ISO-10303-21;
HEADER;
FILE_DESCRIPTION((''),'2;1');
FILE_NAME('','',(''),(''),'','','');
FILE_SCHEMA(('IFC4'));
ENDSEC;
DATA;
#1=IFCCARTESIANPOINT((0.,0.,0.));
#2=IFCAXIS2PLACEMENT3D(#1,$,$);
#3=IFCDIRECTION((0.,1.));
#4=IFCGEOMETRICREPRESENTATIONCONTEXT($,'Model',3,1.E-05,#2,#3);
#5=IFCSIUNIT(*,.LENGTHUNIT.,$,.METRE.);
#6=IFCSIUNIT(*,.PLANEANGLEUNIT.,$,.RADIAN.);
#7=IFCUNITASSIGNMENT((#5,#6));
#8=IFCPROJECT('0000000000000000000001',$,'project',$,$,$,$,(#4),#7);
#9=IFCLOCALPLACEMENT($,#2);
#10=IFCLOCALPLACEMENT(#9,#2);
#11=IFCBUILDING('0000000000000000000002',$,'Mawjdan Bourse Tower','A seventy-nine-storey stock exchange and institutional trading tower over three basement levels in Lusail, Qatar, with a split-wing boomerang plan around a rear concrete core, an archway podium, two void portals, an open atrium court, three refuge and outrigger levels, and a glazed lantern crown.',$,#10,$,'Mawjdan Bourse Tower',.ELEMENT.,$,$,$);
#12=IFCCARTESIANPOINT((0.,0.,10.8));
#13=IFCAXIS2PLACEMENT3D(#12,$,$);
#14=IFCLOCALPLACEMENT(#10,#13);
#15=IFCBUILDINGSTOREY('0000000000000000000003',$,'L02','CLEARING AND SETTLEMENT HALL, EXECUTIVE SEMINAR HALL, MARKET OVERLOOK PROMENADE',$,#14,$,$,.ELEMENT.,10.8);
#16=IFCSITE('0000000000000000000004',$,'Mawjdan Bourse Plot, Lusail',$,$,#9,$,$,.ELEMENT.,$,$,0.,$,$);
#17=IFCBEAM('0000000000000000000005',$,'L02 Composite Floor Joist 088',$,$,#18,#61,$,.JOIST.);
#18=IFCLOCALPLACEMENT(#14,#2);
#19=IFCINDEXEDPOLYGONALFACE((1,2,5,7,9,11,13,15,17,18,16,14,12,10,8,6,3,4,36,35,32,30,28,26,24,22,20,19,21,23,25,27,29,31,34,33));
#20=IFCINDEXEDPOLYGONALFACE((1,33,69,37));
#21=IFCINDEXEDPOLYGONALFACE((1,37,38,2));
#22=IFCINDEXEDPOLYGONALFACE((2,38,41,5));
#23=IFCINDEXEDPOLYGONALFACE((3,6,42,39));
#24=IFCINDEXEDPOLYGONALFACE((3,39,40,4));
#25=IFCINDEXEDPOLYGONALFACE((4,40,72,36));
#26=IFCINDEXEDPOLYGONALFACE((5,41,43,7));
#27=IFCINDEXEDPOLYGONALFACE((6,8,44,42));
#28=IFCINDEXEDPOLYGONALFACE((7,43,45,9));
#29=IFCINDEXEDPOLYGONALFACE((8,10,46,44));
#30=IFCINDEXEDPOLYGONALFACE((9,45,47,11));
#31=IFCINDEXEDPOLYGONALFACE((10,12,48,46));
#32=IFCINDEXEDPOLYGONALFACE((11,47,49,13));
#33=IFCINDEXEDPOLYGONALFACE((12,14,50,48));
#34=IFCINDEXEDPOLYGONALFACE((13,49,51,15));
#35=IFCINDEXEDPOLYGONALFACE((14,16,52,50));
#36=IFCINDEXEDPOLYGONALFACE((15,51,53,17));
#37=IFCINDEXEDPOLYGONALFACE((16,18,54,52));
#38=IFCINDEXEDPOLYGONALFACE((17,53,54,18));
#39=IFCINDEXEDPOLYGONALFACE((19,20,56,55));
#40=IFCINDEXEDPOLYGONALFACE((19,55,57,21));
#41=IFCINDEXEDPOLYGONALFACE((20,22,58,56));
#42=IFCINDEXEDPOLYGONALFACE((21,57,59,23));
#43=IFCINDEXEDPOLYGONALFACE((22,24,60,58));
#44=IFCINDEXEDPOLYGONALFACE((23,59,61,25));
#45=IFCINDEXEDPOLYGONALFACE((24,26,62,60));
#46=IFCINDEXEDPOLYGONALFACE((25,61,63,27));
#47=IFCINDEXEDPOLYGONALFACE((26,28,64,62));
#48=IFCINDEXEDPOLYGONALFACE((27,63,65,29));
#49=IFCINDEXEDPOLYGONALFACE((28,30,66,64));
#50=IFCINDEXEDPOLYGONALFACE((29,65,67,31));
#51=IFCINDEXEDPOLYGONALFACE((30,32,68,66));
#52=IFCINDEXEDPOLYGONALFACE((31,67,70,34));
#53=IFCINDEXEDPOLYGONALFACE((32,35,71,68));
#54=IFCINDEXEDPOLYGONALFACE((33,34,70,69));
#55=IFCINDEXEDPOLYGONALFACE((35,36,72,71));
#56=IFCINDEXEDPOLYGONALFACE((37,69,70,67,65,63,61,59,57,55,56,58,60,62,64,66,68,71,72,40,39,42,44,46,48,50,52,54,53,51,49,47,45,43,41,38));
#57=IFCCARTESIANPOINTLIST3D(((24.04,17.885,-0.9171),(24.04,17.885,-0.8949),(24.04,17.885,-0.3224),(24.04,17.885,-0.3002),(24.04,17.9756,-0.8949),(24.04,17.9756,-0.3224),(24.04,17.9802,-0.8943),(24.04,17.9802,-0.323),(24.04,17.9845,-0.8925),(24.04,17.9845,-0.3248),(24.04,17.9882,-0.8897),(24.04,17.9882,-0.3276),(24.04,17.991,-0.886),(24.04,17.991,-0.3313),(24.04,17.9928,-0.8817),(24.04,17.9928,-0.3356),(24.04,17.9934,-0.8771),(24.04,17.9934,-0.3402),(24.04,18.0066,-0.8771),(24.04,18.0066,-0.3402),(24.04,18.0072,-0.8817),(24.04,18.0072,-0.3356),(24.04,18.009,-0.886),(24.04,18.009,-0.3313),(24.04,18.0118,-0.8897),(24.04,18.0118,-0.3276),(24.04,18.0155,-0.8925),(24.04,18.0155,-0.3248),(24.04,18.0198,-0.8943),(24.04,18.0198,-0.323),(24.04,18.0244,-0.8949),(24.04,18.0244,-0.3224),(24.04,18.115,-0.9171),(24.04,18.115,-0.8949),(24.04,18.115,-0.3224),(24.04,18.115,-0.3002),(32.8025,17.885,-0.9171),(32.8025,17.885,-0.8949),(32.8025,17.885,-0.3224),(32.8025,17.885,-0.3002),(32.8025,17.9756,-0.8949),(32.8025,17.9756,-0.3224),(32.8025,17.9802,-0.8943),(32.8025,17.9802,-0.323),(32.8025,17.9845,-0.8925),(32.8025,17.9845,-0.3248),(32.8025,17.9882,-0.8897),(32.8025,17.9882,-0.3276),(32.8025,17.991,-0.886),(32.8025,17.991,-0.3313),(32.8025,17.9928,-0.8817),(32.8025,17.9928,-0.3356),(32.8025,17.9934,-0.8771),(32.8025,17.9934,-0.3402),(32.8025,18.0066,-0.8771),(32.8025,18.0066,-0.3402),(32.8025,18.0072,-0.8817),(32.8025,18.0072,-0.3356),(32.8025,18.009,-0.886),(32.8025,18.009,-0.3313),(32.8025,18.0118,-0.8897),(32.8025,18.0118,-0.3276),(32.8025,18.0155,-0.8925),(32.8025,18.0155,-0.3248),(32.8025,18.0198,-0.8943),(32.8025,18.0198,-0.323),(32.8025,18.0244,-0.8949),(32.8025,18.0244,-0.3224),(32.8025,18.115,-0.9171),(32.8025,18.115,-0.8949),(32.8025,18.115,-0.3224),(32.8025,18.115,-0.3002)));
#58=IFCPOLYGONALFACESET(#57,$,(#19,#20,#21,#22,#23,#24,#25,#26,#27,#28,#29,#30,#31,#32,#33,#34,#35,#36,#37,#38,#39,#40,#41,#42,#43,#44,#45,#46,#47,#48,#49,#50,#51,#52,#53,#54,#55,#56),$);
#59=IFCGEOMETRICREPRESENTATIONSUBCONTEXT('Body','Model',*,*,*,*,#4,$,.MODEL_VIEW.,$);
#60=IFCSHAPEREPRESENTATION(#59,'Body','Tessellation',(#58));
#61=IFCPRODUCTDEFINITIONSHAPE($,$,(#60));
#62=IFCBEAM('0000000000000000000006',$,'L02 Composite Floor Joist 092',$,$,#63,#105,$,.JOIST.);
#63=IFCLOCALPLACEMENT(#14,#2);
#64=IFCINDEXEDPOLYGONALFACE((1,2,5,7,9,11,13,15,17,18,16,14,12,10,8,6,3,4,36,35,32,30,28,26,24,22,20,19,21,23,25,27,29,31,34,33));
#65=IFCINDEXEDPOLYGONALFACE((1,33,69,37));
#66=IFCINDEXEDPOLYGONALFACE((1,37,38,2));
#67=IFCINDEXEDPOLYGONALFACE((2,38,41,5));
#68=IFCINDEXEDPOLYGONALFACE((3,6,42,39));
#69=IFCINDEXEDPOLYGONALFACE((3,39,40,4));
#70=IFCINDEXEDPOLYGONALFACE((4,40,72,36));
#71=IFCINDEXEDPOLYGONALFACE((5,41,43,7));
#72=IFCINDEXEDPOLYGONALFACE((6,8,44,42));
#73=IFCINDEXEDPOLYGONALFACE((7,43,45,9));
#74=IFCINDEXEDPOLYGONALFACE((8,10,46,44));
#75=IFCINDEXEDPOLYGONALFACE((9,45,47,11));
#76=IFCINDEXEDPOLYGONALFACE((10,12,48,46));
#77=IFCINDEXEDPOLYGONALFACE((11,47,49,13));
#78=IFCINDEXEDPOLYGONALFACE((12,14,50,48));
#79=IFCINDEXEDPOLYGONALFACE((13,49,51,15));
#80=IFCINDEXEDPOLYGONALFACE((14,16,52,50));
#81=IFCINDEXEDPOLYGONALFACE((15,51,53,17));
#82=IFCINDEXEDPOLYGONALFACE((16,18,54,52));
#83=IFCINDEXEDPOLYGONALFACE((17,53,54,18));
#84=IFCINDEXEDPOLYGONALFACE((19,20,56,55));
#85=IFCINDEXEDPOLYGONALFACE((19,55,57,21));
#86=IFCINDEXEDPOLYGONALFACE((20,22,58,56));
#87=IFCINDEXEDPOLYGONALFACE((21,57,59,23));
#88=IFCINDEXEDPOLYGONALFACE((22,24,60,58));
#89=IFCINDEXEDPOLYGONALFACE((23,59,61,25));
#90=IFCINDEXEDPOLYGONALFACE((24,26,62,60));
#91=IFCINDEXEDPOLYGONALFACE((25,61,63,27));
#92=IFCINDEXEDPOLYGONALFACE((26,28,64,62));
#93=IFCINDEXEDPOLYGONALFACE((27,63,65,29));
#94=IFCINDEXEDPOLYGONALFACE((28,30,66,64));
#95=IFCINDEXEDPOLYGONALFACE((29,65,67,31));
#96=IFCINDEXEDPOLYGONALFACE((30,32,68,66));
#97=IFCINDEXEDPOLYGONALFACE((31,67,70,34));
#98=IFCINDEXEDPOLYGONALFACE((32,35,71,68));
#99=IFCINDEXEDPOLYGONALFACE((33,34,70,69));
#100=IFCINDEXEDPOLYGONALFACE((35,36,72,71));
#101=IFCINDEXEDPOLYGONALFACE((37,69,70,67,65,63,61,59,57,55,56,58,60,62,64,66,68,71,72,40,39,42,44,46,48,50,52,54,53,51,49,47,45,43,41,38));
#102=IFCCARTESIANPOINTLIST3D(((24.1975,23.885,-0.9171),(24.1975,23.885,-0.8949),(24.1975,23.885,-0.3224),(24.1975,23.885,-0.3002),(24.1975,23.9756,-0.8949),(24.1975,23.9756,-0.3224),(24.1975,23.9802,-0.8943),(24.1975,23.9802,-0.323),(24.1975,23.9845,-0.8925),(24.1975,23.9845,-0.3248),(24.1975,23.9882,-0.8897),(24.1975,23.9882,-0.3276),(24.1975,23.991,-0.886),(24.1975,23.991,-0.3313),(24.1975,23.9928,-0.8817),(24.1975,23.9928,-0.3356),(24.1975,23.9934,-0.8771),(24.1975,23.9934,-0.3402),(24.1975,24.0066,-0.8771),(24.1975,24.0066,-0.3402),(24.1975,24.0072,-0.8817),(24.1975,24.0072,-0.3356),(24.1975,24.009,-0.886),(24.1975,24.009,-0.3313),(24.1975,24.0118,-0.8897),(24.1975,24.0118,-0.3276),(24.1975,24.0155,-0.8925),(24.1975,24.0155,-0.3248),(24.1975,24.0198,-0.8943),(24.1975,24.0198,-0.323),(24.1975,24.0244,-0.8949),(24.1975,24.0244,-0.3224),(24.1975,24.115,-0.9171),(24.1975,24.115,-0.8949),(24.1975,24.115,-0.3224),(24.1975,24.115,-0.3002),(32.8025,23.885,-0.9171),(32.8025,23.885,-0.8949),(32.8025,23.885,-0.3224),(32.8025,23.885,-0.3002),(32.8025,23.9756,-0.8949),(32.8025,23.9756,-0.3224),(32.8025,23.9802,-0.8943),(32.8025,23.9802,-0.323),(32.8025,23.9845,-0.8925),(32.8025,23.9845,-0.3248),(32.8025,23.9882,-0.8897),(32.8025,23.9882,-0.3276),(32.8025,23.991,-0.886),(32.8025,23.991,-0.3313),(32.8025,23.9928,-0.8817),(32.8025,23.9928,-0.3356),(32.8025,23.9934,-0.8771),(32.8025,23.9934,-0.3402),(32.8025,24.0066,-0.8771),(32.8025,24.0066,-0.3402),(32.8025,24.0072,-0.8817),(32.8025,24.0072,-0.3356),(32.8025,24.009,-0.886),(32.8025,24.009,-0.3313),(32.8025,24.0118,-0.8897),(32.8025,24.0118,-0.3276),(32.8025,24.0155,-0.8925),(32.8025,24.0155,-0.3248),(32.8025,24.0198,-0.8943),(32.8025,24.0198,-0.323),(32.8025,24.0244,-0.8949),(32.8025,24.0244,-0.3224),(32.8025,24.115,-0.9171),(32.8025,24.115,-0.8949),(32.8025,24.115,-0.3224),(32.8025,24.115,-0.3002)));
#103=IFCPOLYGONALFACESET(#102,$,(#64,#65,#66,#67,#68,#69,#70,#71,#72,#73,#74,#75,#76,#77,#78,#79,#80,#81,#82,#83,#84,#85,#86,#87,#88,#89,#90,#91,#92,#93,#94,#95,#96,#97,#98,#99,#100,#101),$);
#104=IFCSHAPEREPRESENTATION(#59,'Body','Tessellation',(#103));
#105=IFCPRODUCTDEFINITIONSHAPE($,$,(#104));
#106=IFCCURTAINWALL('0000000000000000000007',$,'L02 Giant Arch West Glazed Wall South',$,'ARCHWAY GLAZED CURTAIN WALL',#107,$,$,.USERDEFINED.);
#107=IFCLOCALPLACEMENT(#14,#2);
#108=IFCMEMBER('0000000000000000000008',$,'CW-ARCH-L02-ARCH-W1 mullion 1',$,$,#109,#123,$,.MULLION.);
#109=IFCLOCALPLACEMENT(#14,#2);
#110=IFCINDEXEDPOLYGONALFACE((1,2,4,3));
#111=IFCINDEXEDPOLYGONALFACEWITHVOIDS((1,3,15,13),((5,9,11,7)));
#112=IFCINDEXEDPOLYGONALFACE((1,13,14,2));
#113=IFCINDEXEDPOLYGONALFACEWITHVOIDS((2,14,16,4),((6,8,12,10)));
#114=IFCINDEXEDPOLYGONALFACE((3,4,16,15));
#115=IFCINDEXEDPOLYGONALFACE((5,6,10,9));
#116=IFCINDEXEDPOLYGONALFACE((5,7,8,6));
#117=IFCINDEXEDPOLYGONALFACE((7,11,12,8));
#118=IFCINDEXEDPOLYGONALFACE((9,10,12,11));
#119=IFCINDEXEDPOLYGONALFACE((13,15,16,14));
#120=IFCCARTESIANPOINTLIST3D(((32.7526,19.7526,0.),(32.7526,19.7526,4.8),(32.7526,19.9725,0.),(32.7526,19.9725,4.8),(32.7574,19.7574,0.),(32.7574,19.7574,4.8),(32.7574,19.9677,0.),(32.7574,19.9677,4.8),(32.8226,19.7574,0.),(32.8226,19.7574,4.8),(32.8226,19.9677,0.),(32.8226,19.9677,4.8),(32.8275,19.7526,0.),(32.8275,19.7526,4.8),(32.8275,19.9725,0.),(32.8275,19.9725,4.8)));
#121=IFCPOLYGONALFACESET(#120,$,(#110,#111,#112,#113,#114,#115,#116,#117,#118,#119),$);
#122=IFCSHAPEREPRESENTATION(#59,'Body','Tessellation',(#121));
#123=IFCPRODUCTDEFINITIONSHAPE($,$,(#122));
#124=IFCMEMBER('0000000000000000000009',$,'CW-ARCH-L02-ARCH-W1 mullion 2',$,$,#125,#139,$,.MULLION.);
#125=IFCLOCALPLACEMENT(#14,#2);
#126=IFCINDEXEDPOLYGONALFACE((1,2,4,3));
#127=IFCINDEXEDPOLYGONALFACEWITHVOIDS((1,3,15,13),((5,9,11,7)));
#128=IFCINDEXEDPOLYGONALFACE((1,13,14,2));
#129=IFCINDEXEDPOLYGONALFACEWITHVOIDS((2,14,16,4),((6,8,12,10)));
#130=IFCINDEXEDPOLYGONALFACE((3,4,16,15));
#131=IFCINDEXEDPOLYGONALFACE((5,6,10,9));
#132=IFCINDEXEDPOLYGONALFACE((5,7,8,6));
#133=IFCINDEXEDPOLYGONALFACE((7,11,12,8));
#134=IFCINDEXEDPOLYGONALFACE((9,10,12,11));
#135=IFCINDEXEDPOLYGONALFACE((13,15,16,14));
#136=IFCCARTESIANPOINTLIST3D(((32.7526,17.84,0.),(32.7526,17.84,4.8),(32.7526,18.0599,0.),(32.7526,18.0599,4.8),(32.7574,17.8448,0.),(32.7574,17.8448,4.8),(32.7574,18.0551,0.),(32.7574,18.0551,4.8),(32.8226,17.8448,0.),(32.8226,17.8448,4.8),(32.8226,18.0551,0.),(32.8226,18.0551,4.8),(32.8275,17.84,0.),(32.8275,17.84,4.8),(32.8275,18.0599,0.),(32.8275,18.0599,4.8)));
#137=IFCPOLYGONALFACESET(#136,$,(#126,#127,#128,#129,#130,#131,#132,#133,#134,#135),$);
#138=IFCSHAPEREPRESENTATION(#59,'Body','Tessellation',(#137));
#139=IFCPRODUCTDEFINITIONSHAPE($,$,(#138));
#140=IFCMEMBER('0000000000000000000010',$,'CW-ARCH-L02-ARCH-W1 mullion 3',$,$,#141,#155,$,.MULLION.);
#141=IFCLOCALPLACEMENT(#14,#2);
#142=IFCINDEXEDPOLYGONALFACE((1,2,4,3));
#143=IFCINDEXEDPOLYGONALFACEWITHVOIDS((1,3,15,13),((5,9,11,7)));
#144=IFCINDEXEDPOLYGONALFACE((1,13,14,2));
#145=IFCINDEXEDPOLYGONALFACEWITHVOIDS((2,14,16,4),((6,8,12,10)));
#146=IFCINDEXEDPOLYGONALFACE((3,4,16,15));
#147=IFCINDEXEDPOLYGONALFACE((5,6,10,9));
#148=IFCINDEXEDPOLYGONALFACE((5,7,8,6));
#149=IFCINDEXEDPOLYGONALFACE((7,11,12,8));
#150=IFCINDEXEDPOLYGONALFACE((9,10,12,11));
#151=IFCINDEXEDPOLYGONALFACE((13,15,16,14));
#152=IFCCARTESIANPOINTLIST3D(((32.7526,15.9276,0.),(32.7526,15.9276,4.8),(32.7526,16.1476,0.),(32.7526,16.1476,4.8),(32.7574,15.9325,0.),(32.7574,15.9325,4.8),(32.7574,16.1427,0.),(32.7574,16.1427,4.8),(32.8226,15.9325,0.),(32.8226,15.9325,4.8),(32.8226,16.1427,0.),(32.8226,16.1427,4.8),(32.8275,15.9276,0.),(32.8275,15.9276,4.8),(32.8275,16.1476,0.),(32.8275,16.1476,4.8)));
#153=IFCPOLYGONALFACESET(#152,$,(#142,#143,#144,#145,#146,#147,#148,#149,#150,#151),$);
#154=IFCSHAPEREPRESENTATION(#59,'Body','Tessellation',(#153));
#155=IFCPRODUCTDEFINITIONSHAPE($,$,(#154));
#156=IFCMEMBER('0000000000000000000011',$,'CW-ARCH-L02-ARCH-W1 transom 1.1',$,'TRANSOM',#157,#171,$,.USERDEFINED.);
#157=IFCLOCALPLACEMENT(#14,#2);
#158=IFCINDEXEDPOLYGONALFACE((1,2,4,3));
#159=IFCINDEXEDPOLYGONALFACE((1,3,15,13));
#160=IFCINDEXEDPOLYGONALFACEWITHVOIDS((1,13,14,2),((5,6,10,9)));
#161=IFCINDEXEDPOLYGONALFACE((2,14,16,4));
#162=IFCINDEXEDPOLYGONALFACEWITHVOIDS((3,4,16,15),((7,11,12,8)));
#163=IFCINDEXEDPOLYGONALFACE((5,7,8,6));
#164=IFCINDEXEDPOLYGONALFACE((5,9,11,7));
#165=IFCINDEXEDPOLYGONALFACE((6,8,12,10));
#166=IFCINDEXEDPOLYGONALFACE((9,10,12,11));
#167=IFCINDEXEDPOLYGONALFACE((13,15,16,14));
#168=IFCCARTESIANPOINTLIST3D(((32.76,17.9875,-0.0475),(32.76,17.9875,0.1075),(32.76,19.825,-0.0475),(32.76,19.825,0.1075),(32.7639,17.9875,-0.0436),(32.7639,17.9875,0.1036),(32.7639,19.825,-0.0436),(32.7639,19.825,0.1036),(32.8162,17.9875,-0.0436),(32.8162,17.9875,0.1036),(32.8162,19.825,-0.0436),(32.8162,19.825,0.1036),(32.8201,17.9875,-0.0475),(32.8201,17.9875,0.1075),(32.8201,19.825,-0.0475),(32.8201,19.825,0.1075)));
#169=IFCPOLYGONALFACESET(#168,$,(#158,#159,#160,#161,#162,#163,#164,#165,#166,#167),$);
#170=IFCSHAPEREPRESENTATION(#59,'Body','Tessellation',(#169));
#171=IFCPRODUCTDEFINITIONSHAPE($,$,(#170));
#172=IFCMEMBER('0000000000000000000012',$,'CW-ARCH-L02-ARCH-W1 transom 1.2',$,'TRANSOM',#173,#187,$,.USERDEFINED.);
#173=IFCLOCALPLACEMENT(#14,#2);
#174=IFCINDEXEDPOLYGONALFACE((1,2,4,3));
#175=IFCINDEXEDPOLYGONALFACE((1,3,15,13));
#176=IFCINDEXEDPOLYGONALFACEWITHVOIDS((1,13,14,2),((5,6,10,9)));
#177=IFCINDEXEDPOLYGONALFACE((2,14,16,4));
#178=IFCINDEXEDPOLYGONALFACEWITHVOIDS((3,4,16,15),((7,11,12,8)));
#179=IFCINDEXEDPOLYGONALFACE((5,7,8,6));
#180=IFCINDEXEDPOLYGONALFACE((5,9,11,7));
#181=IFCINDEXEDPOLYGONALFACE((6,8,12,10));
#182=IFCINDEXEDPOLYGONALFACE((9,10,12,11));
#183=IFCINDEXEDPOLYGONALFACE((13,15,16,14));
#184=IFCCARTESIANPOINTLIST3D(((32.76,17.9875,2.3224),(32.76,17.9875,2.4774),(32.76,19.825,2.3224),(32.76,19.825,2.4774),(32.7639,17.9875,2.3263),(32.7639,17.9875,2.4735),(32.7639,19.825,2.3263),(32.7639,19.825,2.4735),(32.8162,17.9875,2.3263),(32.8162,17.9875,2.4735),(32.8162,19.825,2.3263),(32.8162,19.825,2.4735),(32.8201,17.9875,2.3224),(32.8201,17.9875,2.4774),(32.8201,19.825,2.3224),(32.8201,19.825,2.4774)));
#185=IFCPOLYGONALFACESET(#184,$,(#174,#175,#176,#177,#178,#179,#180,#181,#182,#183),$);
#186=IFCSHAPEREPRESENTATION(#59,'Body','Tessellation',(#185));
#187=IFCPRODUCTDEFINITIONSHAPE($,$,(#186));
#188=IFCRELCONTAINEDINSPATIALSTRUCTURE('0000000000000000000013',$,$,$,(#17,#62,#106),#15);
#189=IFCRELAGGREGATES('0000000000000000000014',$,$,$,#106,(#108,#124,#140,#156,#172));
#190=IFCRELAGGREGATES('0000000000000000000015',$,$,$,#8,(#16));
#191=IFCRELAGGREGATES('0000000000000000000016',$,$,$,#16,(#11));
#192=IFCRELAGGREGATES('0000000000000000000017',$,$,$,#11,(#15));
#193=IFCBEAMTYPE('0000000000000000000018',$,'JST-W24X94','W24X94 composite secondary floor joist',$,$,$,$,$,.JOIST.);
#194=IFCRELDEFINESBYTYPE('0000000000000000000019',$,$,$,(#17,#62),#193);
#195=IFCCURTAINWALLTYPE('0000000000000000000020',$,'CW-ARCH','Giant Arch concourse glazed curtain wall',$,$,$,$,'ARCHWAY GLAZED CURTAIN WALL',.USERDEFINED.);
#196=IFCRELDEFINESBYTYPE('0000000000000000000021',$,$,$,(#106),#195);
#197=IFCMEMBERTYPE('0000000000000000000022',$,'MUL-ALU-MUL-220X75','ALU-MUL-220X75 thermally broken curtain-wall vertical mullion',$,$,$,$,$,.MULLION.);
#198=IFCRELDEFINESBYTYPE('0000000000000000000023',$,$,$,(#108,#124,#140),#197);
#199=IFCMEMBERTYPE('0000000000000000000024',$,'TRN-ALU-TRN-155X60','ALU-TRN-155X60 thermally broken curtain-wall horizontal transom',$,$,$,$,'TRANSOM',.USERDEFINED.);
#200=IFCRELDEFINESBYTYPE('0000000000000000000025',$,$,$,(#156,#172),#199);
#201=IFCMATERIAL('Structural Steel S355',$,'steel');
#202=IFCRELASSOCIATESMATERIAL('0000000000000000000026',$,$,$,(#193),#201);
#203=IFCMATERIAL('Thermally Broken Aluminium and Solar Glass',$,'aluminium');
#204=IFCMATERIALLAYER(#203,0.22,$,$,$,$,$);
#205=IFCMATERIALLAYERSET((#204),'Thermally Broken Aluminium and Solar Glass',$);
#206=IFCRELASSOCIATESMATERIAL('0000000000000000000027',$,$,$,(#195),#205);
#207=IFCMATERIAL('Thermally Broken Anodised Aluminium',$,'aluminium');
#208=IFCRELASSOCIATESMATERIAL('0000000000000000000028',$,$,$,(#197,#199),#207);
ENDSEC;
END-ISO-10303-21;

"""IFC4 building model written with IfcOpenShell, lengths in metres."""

from ifc_helpers import new_model, si_unit, direction, frame, origin, origin_2d, place, context, subcontext, project, spatial, hollow_rectangle, i_section, extrude, material, layer, layer_set, material_profile, profile_set, type_object, element, aggregate, save


model = new_model("IFC4")

# Units and contexts
model_context = context("Model", 3, precision=1e-05, world=origin(), true_north=direction((0.0, 1.0)))
body_context = subcontext(model_context, "Body", "Model", "MODEL_VIEW")
ifc_project = project(units=[si_unit("LENGTHUNIT", "METRE"), si_unit("PLANEANGLEUNIT", "RADIAN")], contexts=[model_context])

# Site, building, storey
site_placement = place(None, origin())
site = spatial("IfcSite", under=ifc_project, at=site_placement, Name="Mawjdan Bourse Plot, Lusail", CompositionType="ELEMENT", RefElevation=0.0)
building_placement = place(site_placement, origin())
building = spatial("IfcBuilding", under=site, at=building_placement, Name="Mawjdan Bourse Tower", Description="A seventy-nine-storey stock exchange and institutional trading tower over three basement levels in Lusail, Qatar, with a split-wing boomerang plan around a rear concrete core, an archway podium, two void portals, an open atrium court, three refuge and outrigger levels, and a glazed lantern crown.", LongName="Mawjdan Bourse Tower", CompositionType="ELEMENT")
storey_placement = place(building_placement, frame((0.0, 0.0, 10.8)))
storey = spatial("IfcBuildingStorey", under=building, at=storey_placement, Name="L02", Description="CLEARING AND SETTLEMENT HALL, EXECUTIVE SEMINAR HALL, MARKET OVERLOOK PROMENADE", CompositionType="ELEMENT", Elevation=10.8)

# Beams
ifc_material_1 = material(Name="Structural Steel S355", Category="steel")
ifc_material_profile_1 = material_profile(ifc_material_1, i_section(OverallWidth=0.23, OverallDepth=0.6169, WebThickness=0.0132, FlangeThickness=0.0222, FilletRadius=0.0178, at=origin_2d()), Name="W24X94")
ifc_profile_set_1 = profile_set([ifc_material_profile_1], Name="Structural Steel S355")
beam_type_1 = type_object("IfcBeamType", Name="JST-W24X94", Description="W24X94 composite secondary floor joist", PredefinedType="JOIST", material=ifc_profile_set_1)
beam_1_placement = place(storey_placement, frame((24.04, 18.0, -0.6086), z_axis=(1.0, 0.0, 0.0), x_axis=(0.0, 1.0, 0.0)))
element("IfcBeam", 1, at=beam_1_placement, inside=storey, type_object=beam_type_1, Name="L02 Composite Floor Joist 088", PredefinedType="JOIST", context=body_context, shape_type="SweptSolid", body=[
    extrude(i_section(OverallWidth=0.23, OverallDepth=0.6169, WebThickness=0.0132, FlangeThickness=0.0222, FilletRadius=0.0178, at=origin_2d()), origin(), (0.0, 0.0, 1.0), 8.7625),
])
beam_2_placement = place(storey_placement, frame((24.1975, 24.0, -0.6086), z_axis=(1.0, 0.0, 0.0), x_axis=(0.0, 1.0, 0.0)))
element("IfcBeam", 2, at=beam_2_placement, inside=storey, type_object=beam_type_1, Name="L02 Composite Floor Joist 092", PredefinedType="JOIST", context=body_context, shape_type="SweptSolid", body=[
    extrude(i_section(OverallWidth=0.23, OverallDepth=0.6169, WebThickness=0.0132, FlangeThickness=0.0222, FilletRadius=0.0178, at=origin_2d()), origin(), (0.0, 0.0, 1.0), 8.605),
])

# Curtain wall, members
ifc_material_2 = material(Name="Thermally Broken Aluminium and Solar Glass", Category="aluminium")
ifc_layer_1 = layer(ifc_material_2, 0.22)
ifc_layer_set_1 = layer_set([ifc_layer_1], Name="Thermally Broken Aluminium and Solar Glass")
curtain_wall_type = type_object("IfcCurtainWallType", Name="CW-ARCH", Description="Giant Arch concourse glazed curtain wall", ElementType="ARCHWAY GLAZED CURTAIN WALL", PredefinedType="USERDEFINED", material=ifc_layer_set_1)
curtain_wall_placement = place(storey_placement, origin())
curtain_wall = element("IfcCurtainWall", 3, at=curtain_wall_placement, inside=storey, type_object=curtain_wall_type, Name="L02 Giant Arch West Glazed Wall South", ObjectType="ARCHWAY GLAZED CURTAIN WALL", PredefinedType="USERDEFINED")
ifc_material_3 = material(Name="Thermally Broken Anodised Aluminium", Category="aluminium")
ifc_material_profile_2 = material_profile(ifc_material_3, hollow_rectangle(XDim=0.075, YDim=0.22, WallThickness=0.0049, at=origin_2d()), Name="ALU-MUL-220X75")
ifc_profile_set_2 = profile_set([ifc_material_profile_2], Name="Thermally Broken Anodised Aluminium")
member_type_1 = type_object("IfcMemberType", Name="MUL-ALU-MUL-220X75", Description="ALU-MUL-220X75 thermally broken curtain-wall vertical mullion", PredefinedType="MULLION", material=ifc_profile_set_2)
member_1_placement = place(storey_placement, frame((32.79, 19.8625, 0.0), z_axis=(0.0, 0.0, 1.0), x_axis=(1.0, 0.0, 0.0)))
member_1 = element("IfcMember", 4, at=member_1_placement, type_object=member_type_1, Name="CW-ARCH-L02-ARCH-W1 mullion 1", PredefinedType="MULLION", context=body_context, shape_type="SweptSolid", body=[
    extrude(hollow_rectangle(XDim=0.075, YDim=0.22, WallThickness=0.0049, at=origin_2d()), origin(), (0.0, 0.0, 1.0), 4.8),
])
member_2_placement = place(storey_placement, frame((32.79, 17.95, 0.0), z_axis=(0.0, 0.0, 1.0), x_axis=(1.0, 0.0, 0.0)))
member_2 = element("IfcMember", 5, at=member_2_placement, type_object=member_type_1, Name="CW-ARCH-L02-ARCH-W1 mullion 2", PredefinedType="MULLION", context=body_context, shape_type="SweptSolid", body=[
    extrude(hollow_rectangle(XDim=0.075, YDim=0.22, WallThickness=0.0049, at=origin_2d()), origin(), (0.0, 0.0, 1.0), 4.8),
])
member_3_placement = place(storey_placement, frame((32.79, 16.0376, 0.0), z_axis=(0.0, 0.0, 1.0), x_axis=(1.0, 0.0, 0.0)))
member_3 = element("IfcMember", 6, at=member_3_placement, type_object=member_type_1, Name="CW-ARCH-L02-ARCH-W1 mullion 3", PredefinedType="MULLION", context=body_context, shape_type="SweptSolid", body=[
    extrude(hollow_rectangle(XDim=0.075, YDim=0.22, WallThickness=0.0049, at=origin_2d()), origin(), (0.0, 0.0, 1.0), 4.8),
])
ifc_material_profile_3 = material_profile(ifc_material_3, hollow_rectangle(XDim=0.0601, YDim=0.155, WallThickness=0.0039, at=origin_2d()), Name="ALU-TRN-155X60")
ifc_profile_set_3 = profile_set([ifc_material_profile_3], Name="Thermally Broken Anodised Aluminium")
member_type_2 = type_object("IfcMemberType", Name="TRN-ALU-TRN-155X60", Description="ALU-TRN-155X60 thermally broken curtain-wall horizontal transom", ElementType="TRANSOM", PredefinedType="USERDEFINED", material=ifc_profile_set_3)
member_4_placement = place(storey_placement, frame((32.79, 19.825, 0.03), z_axis=(0.0, -1.0, 0.0), x_axis=(1.0, 0.0, 0.0)))
member_4 = element("IfcMember", 7, at=member_4_placement, type_object=member_type_2, Name="CW-ARCH-L02-ARCH-W1 transom 1.1", ObjectType="TRANSOM", PredefinedType="USERDEFINED", context=body_context, shape_type="SweptSolid", body=[
    extrude(hollow_rectangle(XDim=0.0601, YDim=0.155, WallThickness=0.0039, at=origin_2d()), origin(), (0.0, 0.0, 1.0), 1.8374),
])
member_5_placement = place(storey_placement, frame((32.79, 19.825, 2.3999), z_axis=(0.0, -1.0, 0.0), x_axis=(1.0, 0.0, 0.0)))
member_5 = element("IfcMember", 8, at=member_5_placement, type_object=member_type_2, Name="CW-ARCH-L02-ARCH-W1 transom 1.2", ObjectType="TRANSOM", PredefinedType="USERDEFINED", context=body_context, shape_type="SweptSolid", body=[
    extrude(hollow_rectangle(XDim=0.0601, YDim=0.155, WallThickness=0.0039, at=origin_2d()), origin(), (0.0, 0.0, 1.0), 1.8374),
])
aggregate(curtain_wall, [member_1, member_2, member_3, member_4, member_5])

save(model, "model.ifc")
